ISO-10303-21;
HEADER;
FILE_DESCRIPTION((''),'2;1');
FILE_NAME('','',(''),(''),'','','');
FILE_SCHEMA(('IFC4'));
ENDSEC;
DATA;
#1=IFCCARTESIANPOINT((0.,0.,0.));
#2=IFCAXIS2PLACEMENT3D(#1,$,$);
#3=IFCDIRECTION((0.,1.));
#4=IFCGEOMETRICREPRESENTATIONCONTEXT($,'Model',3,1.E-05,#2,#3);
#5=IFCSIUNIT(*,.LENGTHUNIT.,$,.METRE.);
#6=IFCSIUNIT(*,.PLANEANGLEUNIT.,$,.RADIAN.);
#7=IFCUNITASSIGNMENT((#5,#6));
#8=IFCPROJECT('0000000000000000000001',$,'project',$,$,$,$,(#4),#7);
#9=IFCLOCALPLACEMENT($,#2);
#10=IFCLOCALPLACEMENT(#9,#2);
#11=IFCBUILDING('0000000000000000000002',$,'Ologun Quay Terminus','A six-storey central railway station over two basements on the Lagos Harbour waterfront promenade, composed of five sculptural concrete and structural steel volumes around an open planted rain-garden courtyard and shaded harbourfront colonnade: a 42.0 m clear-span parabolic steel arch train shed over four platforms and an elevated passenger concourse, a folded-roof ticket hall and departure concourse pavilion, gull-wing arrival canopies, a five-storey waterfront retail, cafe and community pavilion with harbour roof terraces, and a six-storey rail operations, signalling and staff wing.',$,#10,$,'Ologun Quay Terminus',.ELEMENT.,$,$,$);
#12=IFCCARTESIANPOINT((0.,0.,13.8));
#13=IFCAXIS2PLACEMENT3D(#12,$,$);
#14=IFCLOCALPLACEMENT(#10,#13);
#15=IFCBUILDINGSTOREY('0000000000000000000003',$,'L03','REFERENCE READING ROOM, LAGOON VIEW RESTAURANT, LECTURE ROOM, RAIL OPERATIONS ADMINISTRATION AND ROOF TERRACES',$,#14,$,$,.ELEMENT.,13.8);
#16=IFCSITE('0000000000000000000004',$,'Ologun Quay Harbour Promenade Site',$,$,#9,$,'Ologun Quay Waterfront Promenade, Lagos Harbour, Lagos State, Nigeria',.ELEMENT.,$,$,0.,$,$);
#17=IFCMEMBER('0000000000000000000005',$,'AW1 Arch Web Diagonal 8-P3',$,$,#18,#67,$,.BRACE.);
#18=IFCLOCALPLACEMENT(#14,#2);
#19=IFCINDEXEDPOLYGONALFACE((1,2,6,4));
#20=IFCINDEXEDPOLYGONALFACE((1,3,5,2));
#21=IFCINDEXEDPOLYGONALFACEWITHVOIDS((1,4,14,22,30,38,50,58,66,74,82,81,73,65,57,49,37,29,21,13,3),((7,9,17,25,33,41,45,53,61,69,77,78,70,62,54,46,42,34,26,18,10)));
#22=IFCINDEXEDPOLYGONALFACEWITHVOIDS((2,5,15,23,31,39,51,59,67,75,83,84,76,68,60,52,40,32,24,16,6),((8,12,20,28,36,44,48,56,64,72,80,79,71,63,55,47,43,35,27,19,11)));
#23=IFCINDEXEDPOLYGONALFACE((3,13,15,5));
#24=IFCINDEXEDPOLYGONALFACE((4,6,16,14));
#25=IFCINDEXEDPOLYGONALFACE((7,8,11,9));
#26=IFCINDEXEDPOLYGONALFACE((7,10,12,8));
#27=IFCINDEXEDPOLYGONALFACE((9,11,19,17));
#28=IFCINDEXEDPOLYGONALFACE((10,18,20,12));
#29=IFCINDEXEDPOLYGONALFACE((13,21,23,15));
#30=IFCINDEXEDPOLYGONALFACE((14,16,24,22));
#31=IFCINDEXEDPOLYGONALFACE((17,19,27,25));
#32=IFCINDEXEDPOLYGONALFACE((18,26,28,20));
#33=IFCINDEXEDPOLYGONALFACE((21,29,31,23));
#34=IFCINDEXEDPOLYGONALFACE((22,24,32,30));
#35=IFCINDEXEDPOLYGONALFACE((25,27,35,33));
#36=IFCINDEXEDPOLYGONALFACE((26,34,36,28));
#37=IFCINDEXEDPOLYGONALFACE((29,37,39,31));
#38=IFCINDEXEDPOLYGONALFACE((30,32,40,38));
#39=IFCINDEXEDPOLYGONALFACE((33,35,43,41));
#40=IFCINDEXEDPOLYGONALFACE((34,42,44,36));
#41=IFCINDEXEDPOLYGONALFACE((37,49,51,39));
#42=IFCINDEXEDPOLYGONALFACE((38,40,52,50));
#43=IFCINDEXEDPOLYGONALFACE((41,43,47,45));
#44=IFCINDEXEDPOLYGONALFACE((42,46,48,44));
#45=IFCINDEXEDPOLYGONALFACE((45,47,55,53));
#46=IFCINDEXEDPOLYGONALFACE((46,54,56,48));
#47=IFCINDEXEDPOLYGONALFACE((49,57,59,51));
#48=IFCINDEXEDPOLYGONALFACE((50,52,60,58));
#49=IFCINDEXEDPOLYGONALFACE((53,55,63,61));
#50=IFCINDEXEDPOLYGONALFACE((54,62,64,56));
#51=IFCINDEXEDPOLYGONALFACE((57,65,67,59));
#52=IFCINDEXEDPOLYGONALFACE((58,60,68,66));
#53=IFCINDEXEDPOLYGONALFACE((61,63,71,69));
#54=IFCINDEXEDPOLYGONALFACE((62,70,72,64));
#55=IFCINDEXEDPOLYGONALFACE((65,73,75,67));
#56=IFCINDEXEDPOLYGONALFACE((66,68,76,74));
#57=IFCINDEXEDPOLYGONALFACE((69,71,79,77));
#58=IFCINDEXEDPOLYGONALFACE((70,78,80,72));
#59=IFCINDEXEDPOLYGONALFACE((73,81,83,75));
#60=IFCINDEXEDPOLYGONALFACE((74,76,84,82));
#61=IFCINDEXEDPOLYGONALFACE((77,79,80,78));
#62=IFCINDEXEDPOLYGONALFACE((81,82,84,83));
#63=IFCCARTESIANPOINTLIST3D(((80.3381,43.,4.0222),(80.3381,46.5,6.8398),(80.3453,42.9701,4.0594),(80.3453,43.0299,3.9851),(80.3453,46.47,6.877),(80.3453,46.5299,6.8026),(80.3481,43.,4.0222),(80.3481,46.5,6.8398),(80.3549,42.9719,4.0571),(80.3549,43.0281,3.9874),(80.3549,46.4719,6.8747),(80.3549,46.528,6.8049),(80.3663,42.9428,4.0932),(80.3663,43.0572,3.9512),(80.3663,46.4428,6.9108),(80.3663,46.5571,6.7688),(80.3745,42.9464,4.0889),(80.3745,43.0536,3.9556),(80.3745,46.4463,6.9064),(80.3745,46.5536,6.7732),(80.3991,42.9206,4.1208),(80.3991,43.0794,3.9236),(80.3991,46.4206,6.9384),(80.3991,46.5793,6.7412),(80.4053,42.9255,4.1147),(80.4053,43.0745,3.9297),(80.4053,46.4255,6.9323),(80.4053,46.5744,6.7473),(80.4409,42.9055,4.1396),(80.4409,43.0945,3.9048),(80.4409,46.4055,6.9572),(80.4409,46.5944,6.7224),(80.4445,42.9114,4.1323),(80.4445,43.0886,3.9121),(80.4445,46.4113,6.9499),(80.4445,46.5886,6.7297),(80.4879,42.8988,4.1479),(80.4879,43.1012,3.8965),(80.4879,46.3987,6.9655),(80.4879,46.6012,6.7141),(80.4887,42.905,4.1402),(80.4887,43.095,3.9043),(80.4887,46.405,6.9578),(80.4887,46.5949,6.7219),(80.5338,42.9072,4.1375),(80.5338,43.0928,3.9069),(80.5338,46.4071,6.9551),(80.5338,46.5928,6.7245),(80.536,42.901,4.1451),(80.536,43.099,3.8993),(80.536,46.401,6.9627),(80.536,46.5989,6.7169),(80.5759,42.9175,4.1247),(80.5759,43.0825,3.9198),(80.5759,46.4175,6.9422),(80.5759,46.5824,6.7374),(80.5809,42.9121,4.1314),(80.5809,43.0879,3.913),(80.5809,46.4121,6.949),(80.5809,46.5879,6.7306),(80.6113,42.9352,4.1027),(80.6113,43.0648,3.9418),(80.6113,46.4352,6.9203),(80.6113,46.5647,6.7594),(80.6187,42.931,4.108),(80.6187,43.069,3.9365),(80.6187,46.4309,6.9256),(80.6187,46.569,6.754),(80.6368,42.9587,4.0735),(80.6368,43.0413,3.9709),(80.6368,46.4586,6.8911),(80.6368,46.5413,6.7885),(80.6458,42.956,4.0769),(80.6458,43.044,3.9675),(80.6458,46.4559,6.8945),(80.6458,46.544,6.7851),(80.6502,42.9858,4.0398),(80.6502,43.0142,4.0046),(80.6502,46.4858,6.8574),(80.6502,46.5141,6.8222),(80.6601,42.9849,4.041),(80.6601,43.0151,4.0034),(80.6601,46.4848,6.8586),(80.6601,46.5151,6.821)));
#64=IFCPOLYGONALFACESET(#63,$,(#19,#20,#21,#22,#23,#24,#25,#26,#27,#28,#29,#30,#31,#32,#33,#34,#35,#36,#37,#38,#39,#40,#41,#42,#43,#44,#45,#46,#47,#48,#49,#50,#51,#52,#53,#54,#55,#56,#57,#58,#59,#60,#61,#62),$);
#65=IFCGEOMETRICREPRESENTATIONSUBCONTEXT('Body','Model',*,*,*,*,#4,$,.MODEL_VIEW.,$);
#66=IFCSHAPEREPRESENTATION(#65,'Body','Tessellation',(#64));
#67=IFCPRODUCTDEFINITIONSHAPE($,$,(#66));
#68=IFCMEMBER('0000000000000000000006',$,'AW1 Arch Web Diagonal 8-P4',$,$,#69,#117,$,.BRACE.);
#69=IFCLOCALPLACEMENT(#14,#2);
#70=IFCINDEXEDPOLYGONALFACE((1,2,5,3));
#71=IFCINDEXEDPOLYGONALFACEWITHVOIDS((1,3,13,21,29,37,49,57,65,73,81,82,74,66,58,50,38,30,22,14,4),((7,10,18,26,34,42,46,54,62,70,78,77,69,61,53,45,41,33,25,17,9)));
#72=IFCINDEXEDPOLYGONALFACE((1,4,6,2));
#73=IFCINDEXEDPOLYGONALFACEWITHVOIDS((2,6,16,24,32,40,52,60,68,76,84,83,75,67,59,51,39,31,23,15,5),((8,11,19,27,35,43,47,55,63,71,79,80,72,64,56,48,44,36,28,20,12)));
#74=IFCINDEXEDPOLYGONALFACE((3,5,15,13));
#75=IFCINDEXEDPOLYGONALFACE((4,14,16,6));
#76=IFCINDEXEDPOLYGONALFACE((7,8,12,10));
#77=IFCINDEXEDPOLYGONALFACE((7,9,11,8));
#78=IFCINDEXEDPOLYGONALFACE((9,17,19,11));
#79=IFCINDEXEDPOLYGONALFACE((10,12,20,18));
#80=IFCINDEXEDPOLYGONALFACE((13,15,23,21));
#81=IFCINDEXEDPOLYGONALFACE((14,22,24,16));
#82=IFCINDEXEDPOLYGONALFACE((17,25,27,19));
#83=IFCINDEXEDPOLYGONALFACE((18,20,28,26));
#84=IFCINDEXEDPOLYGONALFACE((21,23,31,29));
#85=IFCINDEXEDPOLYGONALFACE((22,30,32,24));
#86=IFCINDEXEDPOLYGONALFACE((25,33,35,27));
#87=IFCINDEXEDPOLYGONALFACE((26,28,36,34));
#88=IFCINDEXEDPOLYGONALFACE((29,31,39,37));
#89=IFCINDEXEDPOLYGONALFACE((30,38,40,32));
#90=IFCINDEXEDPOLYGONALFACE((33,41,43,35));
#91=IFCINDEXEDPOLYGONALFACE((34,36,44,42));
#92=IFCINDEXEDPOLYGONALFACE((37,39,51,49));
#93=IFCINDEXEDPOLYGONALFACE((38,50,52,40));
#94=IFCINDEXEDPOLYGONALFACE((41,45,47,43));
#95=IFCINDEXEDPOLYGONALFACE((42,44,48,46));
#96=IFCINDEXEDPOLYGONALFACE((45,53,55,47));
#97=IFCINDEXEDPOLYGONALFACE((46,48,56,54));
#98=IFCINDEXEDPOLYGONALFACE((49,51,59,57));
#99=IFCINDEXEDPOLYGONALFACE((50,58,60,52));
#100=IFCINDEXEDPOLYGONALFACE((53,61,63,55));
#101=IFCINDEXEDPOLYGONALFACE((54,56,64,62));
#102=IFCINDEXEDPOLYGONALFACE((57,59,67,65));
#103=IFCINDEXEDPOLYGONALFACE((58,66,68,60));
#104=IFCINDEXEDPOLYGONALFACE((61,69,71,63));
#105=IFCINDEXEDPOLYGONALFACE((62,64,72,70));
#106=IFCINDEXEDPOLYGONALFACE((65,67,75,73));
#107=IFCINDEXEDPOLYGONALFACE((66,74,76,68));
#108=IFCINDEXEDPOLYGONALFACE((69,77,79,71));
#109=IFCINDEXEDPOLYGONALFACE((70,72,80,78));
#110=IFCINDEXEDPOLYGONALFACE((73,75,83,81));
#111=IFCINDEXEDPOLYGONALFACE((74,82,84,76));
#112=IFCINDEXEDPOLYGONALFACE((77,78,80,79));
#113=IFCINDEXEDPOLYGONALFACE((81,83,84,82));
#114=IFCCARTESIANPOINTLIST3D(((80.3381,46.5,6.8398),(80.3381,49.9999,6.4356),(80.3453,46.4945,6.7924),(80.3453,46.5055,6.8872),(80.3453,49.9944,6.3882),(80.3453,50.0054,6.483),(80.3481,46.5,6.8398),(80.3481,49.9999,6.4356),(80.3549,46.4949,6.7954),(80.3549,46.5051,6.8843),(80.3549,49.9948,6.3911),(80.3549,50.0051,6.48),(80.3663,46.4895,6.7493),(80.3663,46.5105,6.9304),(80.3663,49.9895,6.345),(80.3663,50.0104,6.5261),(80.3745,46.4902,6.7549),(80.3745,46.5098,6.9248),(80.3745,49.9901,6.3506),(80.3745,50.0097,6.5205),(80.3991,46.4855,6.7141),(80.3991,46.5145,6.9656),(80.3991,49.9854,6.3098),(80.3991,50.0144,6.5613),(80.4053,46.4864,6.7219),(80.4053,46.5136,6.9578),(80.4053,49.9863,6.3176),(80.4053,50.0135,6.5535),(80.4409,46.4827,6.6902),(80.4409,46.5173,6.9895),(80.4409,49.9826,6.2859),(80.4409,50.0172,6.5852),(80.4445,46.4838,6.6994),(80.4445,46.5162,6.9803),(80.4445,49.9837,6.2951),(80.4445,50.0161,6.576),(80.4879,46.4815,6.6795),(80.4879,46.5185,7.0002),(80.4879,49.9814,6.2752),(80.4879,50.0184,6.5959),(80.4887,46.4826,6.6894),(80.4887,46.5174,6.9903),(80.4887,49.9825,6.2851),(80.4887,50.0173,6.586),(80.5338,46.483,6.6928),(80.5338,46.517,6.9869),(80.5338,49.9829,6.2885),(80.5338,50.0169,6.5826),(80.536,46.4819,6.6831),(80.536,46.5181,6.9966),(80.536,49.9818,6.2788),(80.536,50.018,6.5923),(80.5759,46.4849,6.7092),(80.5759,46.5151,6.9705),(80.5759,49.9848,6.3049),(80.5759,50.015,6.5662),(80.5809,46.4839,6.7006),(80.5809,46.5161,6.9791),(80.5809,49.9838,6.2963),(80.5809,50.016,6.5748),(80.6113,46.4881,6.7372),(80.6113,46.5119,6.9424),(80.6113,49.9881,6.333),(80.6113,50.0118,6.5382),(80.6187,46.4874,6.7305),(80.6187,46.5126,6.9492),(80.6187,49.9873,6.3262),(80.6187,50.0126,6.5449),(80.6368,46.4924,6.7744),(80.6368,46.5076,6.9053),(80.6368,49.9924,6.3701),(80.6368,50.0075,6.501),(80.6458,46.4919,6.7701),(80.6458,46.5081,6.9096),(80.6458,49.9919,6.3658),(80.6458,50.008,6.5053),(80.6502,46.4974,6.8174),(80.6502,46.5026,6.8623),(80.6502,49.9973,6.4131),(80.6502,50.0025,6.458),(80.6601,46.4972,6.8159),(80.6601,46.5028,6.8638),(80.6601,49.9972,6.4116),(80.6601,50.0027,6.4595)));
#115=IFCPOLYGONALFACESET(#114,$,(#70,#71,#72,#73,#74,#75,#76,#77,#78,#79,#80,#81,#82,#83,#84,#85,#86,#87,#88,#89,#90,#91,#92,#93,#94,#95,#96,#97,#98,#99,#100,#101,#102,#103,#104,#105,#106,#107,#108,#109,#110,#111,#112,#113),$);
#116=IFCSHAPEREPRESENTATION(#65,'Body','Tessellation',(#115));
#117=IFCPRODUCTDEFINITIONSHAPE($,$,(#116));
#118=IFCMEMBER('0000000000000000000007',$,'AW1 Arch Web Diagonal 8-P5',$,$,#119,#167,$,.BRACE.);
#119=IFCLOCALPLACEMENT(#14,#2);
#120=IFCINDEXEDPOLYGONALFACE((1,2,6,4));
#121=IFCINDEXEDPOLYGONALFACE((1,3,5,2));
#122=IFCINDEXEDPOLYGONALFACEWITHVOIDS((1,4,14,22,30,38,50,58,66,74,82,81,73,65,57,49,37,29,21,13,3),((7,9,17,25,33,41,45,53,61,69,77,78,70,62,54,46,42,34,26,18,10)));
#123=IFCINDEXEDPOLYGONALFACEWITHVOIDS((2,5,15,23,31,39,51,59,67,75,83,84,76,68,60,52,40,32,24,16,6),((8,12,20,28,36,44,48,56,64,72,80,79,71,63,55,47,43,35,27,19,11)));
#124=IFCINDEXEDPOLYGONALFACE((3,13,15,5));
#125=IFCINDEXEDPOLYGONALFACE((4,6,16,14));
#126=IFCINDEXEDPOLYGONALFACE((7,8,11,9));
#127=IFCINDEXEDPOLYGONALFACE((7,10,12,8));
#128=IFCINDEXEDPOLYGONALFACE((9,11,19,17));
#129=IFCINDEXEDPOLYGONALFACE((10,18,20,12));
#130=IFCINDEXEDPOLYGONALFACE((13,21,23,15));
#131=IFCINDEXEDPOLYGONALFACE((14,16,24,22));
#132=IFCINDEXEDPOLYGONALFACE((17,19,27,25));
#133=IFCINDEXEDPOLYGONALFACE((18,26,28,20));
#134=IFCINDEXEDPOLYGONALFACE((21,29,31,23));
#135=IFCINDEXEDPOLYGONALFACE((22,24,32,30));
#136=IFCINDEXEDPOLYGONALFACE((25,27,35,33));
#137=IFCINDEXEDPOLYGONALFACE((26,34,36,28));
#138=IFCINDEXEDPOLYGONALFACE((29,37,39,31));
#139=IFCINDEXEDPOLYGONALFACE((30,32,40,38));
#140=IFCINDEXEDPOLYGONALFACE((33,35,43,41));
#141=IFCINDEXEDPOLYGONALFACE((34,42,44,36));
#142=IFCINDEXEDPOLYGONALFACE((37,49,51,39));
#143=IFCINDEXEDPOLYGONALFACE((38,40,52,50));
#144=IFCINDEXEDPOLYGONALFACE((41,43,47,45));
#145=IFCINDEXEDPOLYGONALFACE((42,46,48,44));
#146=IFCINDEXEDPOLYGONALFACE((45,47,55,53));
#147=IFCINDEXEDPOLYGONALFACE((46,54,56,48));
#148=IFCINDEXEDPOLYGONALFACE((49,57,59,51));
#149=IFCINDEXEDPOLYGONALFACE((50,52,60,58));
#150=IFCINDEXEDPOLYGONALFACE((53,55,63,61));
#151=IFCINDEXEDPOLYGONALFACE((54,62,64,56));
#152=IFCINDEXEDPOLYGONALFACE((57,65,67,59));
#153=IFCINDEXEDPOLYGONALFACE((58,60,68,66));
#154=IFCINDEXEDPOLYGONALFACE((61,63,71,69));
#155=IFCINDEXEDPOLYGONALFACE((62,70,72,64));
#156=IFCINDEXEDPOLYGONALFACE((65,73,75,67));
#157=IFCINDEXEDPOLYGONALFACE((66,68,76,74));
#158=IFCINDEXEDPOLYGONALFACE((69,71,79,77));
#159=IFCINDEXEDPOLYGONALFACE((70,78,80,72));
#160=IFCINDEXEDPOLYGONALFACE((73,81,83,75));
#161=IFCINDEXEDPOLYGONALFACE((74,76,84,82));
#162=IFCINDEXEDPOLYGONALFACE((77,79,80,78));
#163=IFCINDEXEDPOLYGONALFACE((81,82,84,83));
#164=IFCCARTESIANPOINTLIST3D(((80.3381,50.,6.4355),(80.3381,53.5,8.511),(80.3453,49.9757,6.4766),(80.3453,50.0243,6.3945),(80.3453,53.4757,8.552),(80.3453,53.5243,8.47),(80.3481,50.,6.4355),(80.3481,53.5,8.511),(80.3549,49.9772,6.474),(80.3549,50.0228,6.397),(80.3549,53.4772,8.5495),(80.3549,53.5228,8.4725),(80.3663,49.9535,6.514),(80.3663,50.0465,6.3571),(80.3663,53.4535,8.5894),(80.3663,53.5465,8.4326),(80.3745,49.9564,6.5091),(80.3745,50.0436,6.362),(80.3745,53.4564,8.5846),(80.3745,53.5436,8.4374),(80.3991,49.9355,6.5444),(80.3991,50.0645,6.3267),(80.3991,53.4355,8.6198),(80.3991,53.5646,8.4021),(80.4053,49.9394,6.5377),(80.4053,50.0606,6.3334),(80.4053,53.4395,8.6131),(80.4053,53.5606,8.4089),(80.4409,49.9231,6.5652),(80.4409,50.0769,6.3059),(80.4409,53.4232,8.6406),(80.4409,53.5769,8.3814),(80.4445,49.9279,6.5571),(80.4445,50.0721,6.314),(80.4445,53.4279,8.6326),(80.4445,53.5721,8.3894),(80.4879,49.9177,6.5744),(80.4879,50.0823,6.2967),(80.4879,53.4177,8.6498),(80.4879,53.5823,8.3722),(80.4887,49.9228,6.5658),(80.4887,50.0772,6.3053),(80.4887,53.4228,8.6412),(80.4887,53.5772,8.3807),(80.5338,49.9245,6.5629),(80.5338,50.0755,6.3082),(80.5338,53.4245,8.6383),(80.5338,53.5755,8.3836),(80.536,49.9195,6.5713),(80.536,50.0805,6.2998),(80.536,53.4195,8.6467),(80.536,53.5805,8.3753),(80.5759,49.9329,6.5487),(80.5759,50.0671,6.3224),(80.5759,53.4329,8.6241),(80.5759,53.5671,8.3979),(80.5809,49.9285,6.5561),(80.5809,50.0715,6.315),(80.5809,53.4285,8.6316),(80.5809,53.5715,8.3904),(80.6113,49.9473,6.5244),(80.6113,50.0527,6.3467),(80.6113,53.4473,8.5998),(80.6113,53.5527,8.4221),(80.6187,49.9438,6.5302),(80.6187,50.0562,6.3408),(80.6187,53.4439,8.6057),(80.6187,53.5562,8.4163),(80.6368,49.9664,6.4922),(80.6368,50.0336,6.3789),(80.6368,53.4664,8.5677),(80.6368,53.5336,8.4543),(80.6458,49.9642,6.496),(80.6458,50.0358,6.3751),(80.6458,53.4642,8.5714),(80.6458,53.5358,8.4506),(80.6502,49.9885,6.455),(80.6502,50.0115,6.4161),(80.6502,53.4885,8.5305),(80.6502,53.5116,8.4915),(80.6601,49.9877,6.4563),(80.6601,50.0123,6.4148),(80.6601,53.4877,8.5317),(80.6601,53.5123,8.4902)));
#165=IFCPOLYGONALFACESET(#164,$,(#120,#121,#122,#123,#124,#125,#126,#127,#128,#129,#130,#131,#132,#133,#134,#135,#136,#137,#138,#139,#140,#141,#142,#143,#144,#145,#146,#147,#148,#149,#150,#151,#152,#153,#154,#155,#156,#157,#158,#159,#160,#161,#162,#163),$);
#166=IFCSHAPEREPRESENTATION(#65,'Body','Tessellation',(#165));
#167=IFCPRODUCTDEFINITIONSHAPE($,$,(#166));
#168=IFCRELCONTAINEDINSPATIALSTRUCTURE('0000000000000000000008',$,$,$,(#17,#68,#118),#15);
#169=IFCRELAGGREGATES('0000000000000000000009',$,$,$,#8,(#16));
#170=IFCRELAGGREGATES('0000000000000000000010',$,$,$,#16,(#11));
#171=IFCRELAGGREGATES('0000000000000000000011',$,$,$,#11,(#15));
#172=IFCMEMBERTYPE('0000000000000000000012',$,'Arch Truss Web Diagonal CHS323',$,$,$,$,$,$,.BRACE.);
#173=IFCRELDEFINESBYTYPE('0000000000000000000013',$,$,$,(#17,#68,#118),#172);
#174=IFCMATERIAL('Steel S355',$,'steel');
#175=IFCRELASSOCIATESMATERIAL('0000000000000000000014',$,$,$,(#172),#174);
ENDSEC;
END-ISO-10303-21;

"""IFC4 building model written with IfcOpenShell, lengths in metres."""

from ifc_helpers import new_model, si_unit, direction, frame, origin, origin_2d, place, context, subcontext, project, spatial, hollow_circle, extrude, material, material_profile, profile_set, type_object, element, save


model = new_model("IFC4")

# Units and contexts
model_context = context("Model", 3, precision=1e-05, world=origin(), true_north=direction((0.0, 1.0)))
body_context = subcontext(model_context, "Body", "Model", "MODEL_VIEW")
ifc_project = project(units=[si_unit("LENGTHUNIT", "METRE"), si_unit("PLANEANGLEUNIT", "RADIAN")], contexts=[model_context])

# Site, building, storey
site_placement = place(None, origin())
site = spatial("IfcSite", under=ifc_project, at=site_placement, Name="Ologun Quay Harbour Promenade Site", LongName="Ologun Quay Waterfront Promenade, Lagos Harbour, Lagos State, Nigeria", CompositionType="ELEMENT", RefElevation=0.0)
building_placement = place(site_placement, origin())
building = spatial("IfcBuilding", under=site, at=building_placement, Name="Ologun Quay Terminus", Description="A six-storey central railway station over two basements on the Lagos Harbour waterfront promenade, composed of five sculptural concrete and structural steel volumes around an open planted rain-garden courtyard and shaded harbourfront colonnade: a 42.0 m clear-span parabolic steel arch train shed over four platforms and an elevated passenger concourse, a folded-roof ticket hall and departure concourse pavilion, gull-wing arrival canopies, a five-storey waterfront retail, cafe and community pavilion with harbour roof terraces, and a six-storey rail operations, signalling and staff wing.", LongName="Ologun Quay Terminus", CompositionType="ELEMENT")
storey_placement = place(building_placement, frame((0.0, 0.0, 13.8)))
storey = spatial("IfcBuildingStorey", under=building, at=storey_placement, Name="L03", Description="REFERENCE READING ROOM, LAGOON VIEW RESTAURANT, LECTURE ROOM, RAIL OPERATIONS ADMINISTRATION AND ROOF TERRACES", CompositionType="ELEMENT", Elevation=13.8)

# Members
ifc_material_1 = material(Name="Steel S355", Category="steel")
ifc_material_profile_1 = material_profile(ifc_material_1, hollow_circle(Radius=0.1619, WallThickness=0.01, at=origin_2d()), Name="CHS 323.9x10")
ifc_profile_set_1 = profile_set([ifc_material_profile_1], Name="Steel S355")
member_type_1 = type_object("IfcMemberType", Name="Arch Truss Web Diagonal CHS323", PredefinedType="BRACE", material=ifc_profile_set_1)
member_1_placement = place(storey_placement, frame((80.5, 43.0, 4.0222), z_axis=(0.0, 0.778951, 0.627084), x_axis=(-1.0, 0.0, 0.0)))
element("IfcMember", 1, at=member_1_placement, inside=storey, type_object=member_type_1, Name="AW1 Arch Web Diagonal 8-P3", PredefinedType="BRACE", context=body_context, shape_type="SweptSolid", body=[
    extrude(hollow_circle(Radius=0.1619, WallThickness=0.01, at=origin_2d()), origin(), (0.0, 0.0, 1.0), 4.4932),
])
member_2_placement = place(storey_placement, frame((80.5, 46.5, 6.8398), z_axis=(0.0, 0.993394, -0.11475), x_axis=(-1.0, 0.0, 0.0)))
element("IfcMember", 2, at=member_2_placement, inside=storey, type_object=member_type_1, Name="AW1 Arch Web Diagonal 8-P4", PredefinedType="BRACE", context=body_context, shape_type="SweptSolid", body=[
    extrude(hollow_circle(Radius=0.1619, WallThickness=0.01, at=origin_2d()), origin(), (0.0, 0.0, 1.0), 3.5232),
])
member_3_placement = place(storey_placement, frame((80.5, 50.0, 6.4355), z_axis=(0.0, 0.860144, 0.510051), x_axis=(-1.0, 0.0, 0.0)))
element("IfcMember", 3, at=member_3_placement, inside=storey, type_object=member_type_1, Name="AW1 Arch Web Diagonal 8-P5", PredefinedType="BRACE", context=body_context, shape_type="SweptSolid", body=[
    extrude(hollow_circle(Radius=0.1619, WallThickness=0.01, at=origin_2d()), origin(), (0.0, 0.0, 1.0), 4.0691),
])

save(model, "model.ifc")
